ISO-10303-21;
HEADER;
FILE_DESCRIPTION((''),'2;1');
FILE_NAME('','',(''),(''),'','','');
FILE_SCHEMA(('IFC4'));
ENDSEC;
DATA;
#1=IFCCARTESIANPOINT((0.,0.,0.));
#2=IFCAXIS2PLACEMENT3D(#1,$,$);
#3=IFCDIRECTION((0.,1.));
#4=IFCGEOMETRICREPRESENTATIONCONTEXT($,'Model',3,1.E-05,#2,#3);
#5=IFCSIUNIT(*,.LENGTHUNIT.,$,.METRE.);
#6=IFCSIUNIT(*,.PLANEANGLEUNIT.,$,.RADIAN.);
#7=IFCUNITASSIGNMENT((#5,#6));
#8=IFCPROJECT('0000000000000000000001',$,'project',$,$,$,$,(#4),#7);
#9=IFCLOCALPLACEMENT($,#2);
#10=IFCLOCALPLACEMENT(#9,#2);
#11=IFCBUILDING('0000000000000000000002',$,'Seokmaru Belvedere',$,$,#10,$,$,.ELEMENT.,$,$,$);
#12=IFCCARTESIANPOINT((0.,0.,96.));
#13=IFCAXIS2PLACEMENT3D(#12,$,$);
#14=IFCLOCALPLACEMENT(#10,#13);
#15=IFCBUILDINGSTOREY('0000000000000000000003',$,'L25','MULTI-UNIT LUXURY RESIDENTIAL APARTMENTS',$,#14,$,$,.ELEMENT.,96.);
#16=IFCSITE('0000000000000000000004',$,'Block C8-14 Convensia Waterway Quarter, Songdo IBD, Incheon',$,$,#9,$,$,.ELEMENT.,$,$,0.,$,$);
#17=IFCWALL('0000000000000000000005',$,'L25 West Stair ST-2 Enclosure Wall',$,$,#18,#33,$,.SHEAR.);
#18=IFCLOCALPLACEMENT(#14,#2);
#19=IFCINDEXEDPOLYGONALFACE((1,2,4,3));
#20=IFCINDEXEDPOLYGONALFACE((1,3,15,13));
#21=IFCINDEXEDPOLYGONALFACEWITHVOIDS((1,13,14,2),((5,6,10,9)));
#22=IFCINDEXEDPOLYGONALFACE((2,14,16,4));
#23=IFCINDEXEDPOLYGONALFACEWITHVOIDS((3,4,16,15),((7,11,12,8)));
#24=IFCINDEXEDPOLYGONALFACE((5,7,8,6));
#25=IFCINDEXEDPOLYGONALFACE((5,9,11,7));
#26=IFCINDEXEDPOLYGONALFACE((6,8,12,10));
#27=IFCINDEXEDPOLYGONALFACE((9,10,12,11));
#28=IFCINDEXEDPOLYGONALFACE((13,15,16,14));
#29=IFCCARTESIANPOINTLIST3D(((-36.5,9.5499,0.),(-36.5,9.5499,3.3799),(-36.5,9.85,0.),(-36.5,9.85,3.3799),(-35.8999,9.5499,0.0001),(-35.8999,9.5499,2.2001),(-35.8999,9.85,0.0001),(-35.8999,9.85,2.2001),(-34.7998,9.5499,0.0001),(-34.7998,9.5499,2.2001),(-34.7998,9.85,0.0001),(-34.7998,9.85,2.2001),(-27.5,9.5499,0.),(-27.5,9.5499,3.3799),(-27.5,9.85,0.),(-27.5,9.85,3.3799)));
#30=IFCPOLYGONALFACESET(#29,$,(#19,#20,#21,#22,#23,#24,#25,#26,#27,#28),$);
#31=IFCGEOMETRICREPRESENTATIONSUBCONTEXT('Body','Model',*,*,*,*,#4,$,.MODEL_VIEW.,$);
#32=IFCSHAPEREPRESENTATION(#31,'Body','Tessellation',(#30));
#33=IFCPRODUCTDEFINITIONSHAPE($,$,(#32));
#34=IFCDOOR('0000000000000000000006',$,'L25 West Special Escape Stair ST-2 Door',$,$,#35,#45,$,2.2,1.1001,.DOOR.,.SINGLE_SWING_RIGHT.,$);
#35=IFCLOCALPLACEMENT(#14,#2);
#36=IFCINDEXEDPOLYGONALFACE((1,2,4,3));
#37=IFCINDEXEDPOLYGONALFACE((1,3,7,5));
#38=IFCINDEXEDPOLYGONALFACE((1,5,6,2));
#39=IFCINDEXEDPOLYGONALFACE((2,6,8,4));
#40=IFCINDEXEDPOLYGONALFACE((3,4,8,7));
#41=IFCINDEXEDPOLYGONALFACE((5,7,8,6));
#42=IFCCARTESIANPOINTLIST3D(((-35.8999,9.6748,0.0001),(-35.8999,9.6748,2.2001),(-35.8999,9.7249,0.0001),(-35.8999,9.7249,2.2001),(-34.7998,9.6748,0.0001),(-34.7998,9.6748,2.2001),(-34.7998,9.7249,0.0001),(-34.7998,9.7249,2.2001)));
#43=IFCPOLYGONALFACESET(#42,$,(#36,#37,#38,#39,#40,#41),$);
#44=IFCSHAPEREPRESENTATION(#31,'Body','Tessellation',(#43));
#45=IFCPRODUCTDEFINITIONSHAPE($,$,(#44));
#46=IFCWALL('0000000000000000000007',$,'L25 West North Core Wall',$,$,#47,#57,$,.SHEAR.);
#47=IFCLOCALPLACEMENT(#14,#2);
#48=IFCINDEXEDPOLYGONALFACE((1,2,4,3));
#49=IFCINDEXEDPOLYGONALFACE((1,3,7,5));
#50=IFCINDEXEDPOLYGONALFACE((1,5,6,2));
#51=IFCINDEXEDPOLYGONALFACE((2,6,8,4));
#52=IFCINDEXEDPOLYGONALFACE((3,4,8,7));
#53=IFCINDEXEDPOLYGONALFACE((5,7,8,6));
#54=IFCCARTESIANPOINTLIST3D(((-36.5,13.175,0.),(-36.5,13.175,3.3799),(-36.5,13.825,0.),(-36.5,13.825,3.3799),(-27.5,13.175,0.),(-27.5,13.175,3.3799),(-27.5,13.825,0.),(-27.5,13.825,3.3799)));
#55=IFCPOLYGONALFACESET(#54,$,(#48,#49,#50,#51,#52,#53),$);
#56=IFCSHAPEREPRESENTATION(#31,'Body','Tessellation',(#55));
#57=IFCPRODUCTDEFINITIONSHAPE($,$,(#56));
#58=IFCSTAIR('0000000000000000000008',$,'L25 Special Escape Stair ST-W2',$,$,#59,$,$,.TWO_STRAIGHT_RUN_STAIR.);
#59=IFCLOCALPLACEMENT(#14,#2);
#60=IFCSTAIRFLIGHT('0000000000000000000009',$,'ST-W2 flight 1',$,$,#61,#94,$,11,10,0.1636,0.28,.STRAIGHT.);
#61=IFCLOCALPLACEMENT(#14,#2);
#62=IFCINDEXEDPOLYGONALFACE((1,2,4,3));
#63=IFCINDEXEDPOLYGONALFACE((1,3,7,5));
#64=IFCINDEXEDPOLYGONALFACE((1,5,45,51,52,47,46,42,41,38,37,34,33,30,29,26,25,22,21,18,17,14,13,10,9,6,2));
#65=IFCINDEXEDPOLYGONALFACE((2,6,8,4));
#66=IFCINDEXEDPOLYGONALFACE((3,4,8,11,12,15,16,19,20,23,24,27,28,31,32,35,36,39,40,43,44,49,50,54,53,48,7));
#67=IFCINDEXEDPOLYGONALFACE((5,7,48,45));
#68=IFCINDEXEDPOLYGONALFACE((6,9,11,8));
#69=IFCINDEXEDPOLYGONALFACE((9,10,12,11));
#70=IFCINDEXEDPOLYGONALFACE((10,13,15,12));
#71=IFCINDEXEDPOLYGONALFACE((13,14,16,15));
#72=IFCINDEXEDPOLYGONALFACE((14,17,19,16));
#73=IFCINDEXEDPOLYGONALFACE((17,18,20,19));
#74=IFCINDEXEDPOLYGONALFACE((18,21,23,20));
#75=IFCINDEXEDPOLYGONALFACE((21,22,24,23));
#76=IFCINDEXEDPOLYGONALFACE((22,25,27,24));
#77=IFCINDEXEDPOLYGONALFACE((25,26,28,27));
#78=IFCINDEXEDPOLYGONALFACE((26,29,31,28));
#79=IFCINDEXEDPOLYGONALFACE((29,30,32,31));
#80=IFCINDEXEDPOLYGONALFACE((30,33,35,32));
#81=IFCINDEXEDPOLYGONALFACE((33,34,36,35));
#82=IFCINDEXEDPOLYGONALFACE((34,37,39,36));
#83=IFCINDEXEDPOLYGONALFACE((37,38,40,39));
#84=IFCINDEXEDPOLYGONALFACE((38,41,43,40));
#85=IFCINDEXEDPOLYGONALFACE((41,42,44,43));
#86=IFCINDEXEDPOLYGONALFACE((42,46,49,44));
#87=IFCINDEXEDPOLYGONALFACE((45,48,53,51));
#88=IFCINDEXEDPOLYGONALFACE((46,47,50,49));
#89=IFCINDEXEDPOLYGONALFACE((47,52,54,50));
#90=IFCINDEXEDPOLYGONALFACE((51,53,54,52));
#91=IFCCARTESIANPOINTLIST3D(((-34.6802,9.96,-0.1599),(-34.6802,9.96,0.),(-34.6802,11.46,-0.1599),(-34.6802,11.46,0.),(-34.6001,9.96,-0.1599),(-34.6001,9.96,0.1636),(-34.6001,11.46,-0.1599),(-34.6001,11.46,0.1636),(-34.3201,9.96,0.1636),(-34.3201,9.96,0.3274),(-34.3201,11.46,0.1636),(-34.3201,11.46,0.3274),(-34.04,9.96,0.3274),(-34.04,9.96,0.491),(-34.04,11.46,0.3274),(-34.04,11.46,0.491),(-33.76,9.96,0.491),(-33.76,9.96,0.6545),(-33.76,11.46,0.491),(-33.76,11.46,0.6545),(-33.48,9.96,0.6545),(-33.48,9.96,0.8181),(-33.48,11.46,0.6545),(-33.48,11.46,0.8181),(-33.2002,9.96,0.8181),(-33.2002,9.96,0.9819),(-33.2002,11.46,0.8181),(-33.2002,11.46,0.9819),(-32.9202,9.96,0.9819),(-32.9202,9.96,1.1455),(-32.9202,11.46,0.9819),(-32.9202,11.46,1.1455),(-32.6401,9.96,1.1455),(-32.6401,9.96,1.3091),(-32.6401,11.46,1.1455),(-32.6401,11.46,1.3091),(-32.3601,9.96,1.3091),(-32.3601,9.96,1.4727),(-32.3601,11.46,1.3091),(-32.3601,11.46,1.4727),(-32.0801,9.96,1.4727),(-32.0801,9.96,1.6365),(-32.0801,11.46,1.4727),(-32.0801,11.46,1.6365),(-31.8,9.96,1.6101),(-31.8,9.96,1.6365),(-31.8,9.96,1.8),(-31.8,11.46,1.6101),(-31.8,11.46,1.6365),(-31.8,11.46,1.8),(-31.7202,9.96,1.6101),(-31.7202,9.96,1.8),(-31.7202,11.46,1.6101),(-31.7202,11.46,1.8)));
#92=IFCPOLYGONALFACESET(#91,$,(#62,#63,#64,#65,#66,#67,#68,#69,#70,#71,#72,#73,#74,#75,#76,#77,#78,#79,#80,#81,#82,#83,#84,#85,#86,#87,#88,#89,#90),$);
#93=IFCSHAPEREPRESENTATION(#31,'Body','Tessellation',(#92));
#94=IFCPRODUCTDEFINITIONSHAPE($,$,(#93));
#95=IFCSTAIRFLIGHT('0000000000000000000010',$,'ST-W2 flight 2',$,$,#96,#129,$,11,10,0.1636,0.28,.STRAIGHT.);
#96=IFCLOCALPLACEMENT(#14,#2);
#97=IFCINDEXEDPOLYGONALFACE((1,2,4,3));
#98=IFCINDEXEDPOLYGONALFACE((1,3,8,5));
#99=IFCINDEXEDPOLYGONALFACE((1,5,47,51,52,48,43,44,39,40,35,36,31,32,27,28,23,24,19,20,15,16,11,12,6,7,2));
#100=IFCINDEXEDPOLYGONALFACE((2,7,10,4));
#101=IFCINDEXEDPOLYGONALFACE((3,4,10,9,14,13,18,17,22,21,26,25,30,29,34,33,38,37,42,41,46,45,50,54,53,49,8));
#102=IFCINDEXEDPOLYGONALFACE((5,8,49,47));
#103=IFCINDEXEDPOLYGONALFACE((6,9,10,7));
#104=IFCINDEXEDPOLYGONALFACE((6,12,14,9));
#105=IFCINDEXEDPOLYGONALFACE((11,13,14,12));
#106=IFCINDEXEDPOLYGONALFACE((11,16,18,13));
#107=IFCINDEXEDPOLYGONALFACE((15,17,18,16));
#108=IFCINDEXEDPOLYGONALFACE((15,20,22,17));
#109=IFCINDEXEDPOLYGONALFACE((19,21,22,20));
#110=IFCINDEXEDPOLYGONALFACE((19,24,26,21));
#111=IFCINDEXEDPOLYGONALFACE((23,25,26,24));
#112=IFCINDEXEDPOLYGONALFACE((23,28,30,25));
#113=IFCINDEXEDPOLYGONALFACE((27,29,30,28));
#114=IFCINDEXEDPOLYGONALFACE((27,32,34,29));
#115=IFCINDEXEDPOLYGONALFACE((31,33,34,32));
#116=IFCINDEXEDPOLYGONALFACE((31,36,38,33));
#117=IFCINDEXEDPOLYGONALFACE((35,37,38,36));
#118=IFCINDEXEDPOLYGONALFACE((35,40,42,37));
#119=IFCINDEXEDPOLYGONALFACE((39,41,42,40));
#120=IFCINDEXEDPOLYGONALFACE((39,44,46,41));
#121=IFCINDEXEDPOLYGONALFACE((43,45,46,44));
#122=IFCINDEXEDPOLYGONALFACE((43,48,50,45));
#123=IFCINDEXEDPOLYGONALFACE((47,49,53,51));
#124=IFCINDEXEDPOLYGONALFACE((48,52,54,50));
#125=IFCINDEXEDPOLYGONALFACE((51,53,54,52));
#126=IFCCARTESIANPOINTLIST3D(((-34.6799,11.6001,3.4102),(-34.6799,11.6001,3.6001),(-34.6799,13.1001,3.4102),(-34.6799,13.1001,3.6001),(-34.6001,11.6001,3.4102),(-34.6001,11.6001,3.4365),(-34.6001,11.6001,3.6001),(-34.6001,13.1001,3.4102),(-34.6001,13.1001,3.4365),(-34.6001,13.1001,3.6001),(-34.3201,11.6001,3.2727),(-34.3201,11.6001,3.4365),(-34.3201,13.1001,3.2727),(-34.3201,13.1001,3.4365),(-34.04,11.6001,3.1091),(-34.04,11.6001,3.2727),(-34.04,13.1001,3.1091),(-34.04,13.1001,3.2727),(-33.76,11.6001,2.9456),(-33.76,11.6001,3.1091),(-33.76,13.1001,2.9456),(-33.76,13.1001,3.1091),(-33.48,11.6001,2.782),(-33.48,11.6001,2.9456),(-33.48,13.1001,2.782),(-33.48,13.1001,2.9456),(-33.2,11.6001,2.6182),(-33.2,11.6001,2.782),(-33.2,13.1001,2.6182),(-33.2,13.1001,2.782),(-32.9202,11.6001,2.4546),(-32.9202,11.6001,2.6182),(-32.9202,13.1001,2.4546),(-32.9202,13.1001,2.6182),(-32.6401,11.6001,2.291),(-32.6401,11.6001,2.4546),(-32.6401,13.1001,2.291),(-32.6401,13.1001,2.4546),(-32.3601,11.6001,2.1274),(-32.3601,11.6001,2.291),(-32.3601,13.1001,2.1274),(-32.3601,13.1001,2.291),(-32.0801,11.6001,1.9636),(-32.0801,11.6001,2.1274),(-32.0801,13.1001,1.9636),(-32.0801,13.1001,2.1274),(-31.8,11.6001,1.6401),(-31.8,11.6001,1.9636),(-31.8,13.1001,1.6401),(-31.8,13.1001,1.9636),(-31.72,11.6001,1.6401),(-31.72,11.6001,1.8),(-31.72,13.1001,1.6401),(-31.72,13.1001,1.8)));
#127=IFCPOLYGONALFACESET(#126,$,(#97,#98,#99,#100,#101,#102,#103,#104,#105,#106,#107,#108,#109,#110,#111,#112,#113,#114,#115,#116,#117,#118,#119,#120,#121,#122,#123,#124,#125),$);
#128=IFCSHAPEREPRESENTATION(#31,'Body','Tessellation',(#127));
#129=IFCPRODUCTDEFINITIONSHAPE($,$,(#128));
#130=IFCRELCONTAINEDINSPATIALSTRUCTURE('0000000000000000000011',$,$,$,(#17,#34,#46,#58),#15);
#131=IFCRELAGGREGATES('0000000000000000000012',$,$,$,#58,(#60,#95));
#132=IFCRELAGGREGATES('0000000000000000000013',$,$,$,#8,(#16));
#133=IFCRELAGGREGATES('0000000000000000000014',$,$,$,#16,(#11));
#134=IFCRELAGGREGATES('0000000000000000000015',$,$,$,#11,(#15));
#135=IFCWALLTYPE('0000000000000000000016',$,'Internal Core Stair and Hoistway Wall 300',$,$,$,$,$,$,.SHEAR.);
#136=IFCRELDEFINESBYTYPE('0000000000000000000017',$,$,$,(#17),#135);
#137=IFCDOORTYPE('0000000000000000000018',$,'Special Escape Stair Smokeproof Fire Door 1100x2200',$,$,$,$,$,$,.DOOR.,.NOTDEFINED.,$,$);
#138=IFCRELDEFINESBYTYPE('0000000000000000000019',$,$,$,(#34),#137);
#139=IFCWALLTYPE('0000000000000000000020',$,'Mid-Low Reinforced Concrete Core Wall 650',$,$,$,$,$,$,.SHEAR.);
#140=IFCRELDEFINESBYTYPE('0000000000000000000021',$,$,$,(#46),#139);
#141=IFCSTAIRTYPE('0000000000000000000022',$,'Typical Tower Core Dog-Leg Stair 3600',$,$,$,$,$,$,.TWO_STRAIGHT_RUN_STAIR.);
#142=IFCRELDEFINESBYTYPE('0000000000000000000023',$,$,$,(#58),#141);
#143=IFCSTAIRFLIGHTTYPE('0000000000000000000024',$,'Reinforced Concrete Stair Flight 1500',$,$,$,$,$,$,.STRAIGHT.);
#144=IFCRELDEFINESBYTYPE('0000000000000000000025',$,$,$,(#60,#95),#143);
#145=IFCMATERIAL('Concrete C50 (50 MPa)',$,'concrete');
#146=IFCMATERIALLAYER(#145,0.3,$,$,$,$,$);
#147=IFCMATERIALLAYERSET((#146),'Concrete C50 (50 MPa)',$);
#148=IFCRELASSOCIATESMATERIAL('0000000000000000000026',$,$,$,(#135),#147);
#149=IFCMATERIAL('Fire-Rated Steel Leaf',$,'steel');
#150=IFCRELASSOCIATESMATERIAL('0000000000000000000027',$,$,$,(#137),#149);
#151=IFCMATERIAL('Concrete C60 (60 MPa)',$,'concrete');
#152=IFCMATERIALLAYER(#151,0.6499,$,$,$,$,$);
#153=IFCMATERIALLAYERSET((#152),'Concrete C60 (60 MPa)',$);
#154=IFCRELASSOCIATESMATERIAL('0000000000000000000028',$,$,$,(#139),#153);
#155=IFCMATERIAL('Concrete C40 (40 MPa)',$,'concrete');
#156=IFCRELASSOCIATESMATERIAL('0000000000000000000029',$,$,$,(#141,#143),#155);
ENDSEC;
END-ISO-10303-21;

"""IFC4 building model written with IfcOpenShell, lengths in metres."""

from ifc_helpers import new_model, si_unit, direction, frame, frame_2d, origin, place, context, subcontext, project, spatial, polyline, rectangle, outline, extrude, source, transform, mapped, material, layer, layer_set, type_object, type_shapes, element, fill, aggregate, save


model = new_model("IFC4")

# Units and contexts
model_context = context("Model", 3, precision=1e-05, world=origin(), true_north=direction((0.0, 1.0)))
body_context = subcontext(model_context, "Body", "Model", "MODEL_VIEW")
ifc_project = project(units=[si_unit("LENGTHUNIT", "METRE"), si_unit("PLANEANGLEUNIT", "RADIAN")], contexts=[model_context])

# Site, building, storey
site_placement = place(None, origin())
site = spatial("IfcSite", under=ifc_project, at=site_placement, Name="Block C8-14 Convensia Waterway Quarter, Songdo IBD, Incheon", CompositionType="ELEMENT", RefElevation=0.0)
building_placement = place(site_placement, origin())
building = spatial("IfcBuilding", under=site, at=building_placement, Name="Seokmaru Belvedere", CompositionType="ELEMENT")
storey_placement = place(building_placement, frame((0.0, 0.0, 96.0)))
storey = spatial("IfcBuildingStorey", under=building, at=storey_placement, Name="L25", Description="MULTI-UNIT LUXURY RESIDENTIAL APARTMENTS", CompositionType="ELEMENT", Elevation=96.0)

# Shared definitions
ifc_material_1 = material(Name="Concrete C50 (50 MPa)", Category="concrete")

# Wall, opening, door
ifc_layer_1 = layer(ifc_material_1, 0.3)
ifc_layer_set_1 = layer_set([ifc_layer_1], Name="Concrete C50 (50 MPa)")
wall_type_1 = type_object("IfcWallType", Name="Internal Core Stair and Hoistway Wall 300", PredefinedType="SHEAR", material=ifc_layer_set_1)
wall_1_placement = place(storey_placement, frame((-36.5, 9.7, 0.0), z_axis=(0.0, 0.0, 1.0), x_axis=(1.0, 0.0, 0.0)))
wall_1 = element("IfcWall", 1, at=wall_1_placement, inside=storey, type_object=wall_type_1, Name="L25 West Stair ST-2 Enclosure Wall", PredefinedType="SHEAR", context=body_context, shape_type="SweptSolid", body=[
    extrude(rectangle(XDim=9.0, YDim=0.3, at=frame_2d((4.5, 0.0))), origin(), (0.0, 0.0, 1.0), 3.3799),
])
opening_1_placement = place(wall_1_placement, frame((0.6001, 0.0, 0.0)))
opening_1 = element("IfcOpeningElement", 2, at=opening_1_placement, cuts=wall_1, PredefinedType="OPENING", context=body_context, shape_type="SweptSolid", body=[
    extrude(rectangle(XDim=1.1001, YDim=2.2, at=frame_2d((0.55, 1.1001))), frame((0.0, 0.1602, 0.0), z_axis=(0.0, -1.0, 0.0), x_axis=(1.0, 0.0, 0.0)), (0.0, 0.0, 1.0), 0.3201),
])
ifc_material_2 = material(Name="Fire-Rated Steel Leaf", Category="steel")
door_type_1 = type_object("IfcDoorType", Name="Special Escape Stair Smokeproof Fire Door 1100x2200", OperationType="NOTDEFINED", PredefinedType="DOOR", material=ifc_material_2)
shared_shape_1 = source(origin(), body_context, "Body", "SweptSolid", [
    extrude(rectangle(XDim=1.1001, YDim=2.2, at=frame_2d((0.55, 1.1001))), frame((0.0, 0.0249, 0.0), z_axis=(0.0, -1.0, 0.0), x_axis=(1.0, 0.0, 0.0)), (0.0, 0.0, 1.0), 0.05),
])
type_shapes(door_type_1, [shared_shape_1])
door_1_placement = place(opening_1_placement, origin())
door_1 = element("IfcDoor", 3, at=door_1_placement, inside=storey, type_object=door_type_1, Name="L25 West Special Escape Stair ST-2 Door", OperationType="SINGLE_SWING_RIGHT", OverallHeight=2.2, OverallWidth=1.1001, PredefinedType="DOOR", context=body_context, shape_type="MappedRepresentation", body=[
    mapped(shared_shape_1, transform((0.0, 0.0, 0.0), scale=1.0)),
])
fill(opening_1, door_1)

# Wall
ifc_material_3 = material(Name="Concrete C60 (60 MPa)", Category="concrete")
ifc_layer_2 = layer(ifc_material_3, 0.6499)
ifc_layer_set_2 = layer_set([ifc_layer_2], Name="Concrete C60 (60 MPa)")
wall_type_2 = type_object("IfcWallType", Name="Mid-Low Reinforced Concrete Core Wall 650", PredefinedType="SHEAR", material=ifc_layer_set_2)
wall_2_placement = place(storey_placement, frame((-36.5, 13.5, 0.0), z_axis=(0.0, 0.0, 1.0), x_axis=(1.0, 0.0, 0.0)))
element("IfcWall", 4, at=wall_2_placement, inside=storey, type_object=wall_type_2, Name="L25 West North Core Wall", PredefinedType="SHEAR", context=body_context, shape_type="SweptSolid", body=[
    extrude(rectangle(XDim=9.0, YDim=0.6499, at=frame_2d((4.5, 0.0))), origin(), (0.0, 0.0, 1.0), 3.3799),
])

# Stair, stair flights
ifc_material_4 = material(Name="Concrete C40 (40 MPa)", Category="concrete")
stair_type = type_object("IfcStairType", Name="Typical Tower Core Dog-Leg Stair 3600", PredefinedType="TWO_STRAIGHT_RUN_STAIR", material=ifc_material_4)
stair_placement = place(storey_placement, origin())
stair = element("IfcStair", 5, at=stair_placement, inside=storey, type_object=stair_type, Name="L25 Special Escape Stair ST-W2", PredefinedType="TWO_STRAIGHT_RUN_STAIR")
stair_flight_type = type_object("IfcStairFlightType", Name="Reinforced Concrete Stair Flight 1500", PredefinedType="STRAIGHT", material=ifc_material_4)
stair_flight_1_placement = place(storey_placement, frame((-34.6001, 10.71, 0.0), z_axis=(0.0, 0.0, 1.0), x_axis=(1.0, 0.0, 0.0)))
stair_flight_1 = element("IfcStairFlight", 6, at=stair_flight_1_placement, type_object=stair_flight_type, Name="ST-W2 flight 1", NumberOfRisers=11, NumberOfTreads=10, PredefinedType="STRAIGHT", RiserHeight=0.1636, TreadLength=0.28, context=body_context, shape_type="SweptSolid", body=[
    extrude(outline(polyline([(-0.0801, 0.0), (0.0, 0.1636), (0.28, 0.1636), (0.28, 0.3274), (0.5601, 0.3274), (0.5601, 0.491), (0.8401, 0.491), (0.8401, 0.6545), (1.1201, 0.6545), (1.1201, 0.8181), (1.3999, 0.8181), (1.3999, 0.9819), (1.6799, 0.9819), (1.6799, 1.1455), (1.96, 1.1455), (1.96, 1.3091), (2.24, 1.3091), (2.24, 1.4727), (2.52, 1.4727), (2.52, 1.6365), (2.8, 1.6365), (2.8, 1.8), (2.8799, 1.8), (2.8799, 1.6101), (2.8, 1.6101), (0.0, -0.1599), (-0.0801, -0.1599), (-0.0801, 0.0)])), frame((0.0, 0.75, 0.0), z_axis=(0.0, -1.0, 0.0), x_axis=(1.0, 0.0, 0.0)), (0.0, 0.0, 1.0), 1.5),
])
stair_flight_2_placement = place(storey_placement, frame((-31.8, 12.3501, 1.8), z_axis=(0.0, 0.0, 1.0), x_axis=(-1.0, 0.0, 0.0)))
stair_flight_2 = element("IfcStairFlight", 7, at=stair_flight_2_placement, type_object=stair_flight_type, Name="ST-W2 flight 2", NumberOfRisers=11, NumberOfTreads=10, PredefinedType="STRAIGHT", RiserHeight=0.1636, TreadLength=0.28, context=body_context, shape_type="SweptSolid", body=[
    extrude(outline(polyline([(-0.0801, 0.0), (0.0, 0.1636), (0.28, 0.1636), (0.28, 0.3274), (0.5601, 0.3274), (0.5601, 0.491), (0.8401, 0.491), (0.8401, 0.6545), (1.1201, 0.6545), (1.1201, 0.8181), (1.3999, 0.8181), (1.3999, 0.9819), (1.6799, 0.9819), (1.6799, 1.1455), (1.96, 1.1455), (1.96, 1.3091), (2.24, 1.3091), (2.24, 1.4727), (2.52, 1.4727), (2.52, 1.6365), (2.8, 1.6365), (2.8, 1.8), (2.8799, 1.8), (2.8799, 1.6101), (2.8, 1.6101), (0.0, -0.1599), (-0.0801, -0.1599), (-0.0801, 0.0)])), frame((0.0, 0.75, 0.0), z_axis=(0.0, -1.0, 0.0), x_axis=(1.0, 0.0, 0.0)), (0.0, 0.0, 1.0), 1.5),
])
aggregate(stair, [stair_flight_1, stair_flight_2])

save(model, "model.ifc")
